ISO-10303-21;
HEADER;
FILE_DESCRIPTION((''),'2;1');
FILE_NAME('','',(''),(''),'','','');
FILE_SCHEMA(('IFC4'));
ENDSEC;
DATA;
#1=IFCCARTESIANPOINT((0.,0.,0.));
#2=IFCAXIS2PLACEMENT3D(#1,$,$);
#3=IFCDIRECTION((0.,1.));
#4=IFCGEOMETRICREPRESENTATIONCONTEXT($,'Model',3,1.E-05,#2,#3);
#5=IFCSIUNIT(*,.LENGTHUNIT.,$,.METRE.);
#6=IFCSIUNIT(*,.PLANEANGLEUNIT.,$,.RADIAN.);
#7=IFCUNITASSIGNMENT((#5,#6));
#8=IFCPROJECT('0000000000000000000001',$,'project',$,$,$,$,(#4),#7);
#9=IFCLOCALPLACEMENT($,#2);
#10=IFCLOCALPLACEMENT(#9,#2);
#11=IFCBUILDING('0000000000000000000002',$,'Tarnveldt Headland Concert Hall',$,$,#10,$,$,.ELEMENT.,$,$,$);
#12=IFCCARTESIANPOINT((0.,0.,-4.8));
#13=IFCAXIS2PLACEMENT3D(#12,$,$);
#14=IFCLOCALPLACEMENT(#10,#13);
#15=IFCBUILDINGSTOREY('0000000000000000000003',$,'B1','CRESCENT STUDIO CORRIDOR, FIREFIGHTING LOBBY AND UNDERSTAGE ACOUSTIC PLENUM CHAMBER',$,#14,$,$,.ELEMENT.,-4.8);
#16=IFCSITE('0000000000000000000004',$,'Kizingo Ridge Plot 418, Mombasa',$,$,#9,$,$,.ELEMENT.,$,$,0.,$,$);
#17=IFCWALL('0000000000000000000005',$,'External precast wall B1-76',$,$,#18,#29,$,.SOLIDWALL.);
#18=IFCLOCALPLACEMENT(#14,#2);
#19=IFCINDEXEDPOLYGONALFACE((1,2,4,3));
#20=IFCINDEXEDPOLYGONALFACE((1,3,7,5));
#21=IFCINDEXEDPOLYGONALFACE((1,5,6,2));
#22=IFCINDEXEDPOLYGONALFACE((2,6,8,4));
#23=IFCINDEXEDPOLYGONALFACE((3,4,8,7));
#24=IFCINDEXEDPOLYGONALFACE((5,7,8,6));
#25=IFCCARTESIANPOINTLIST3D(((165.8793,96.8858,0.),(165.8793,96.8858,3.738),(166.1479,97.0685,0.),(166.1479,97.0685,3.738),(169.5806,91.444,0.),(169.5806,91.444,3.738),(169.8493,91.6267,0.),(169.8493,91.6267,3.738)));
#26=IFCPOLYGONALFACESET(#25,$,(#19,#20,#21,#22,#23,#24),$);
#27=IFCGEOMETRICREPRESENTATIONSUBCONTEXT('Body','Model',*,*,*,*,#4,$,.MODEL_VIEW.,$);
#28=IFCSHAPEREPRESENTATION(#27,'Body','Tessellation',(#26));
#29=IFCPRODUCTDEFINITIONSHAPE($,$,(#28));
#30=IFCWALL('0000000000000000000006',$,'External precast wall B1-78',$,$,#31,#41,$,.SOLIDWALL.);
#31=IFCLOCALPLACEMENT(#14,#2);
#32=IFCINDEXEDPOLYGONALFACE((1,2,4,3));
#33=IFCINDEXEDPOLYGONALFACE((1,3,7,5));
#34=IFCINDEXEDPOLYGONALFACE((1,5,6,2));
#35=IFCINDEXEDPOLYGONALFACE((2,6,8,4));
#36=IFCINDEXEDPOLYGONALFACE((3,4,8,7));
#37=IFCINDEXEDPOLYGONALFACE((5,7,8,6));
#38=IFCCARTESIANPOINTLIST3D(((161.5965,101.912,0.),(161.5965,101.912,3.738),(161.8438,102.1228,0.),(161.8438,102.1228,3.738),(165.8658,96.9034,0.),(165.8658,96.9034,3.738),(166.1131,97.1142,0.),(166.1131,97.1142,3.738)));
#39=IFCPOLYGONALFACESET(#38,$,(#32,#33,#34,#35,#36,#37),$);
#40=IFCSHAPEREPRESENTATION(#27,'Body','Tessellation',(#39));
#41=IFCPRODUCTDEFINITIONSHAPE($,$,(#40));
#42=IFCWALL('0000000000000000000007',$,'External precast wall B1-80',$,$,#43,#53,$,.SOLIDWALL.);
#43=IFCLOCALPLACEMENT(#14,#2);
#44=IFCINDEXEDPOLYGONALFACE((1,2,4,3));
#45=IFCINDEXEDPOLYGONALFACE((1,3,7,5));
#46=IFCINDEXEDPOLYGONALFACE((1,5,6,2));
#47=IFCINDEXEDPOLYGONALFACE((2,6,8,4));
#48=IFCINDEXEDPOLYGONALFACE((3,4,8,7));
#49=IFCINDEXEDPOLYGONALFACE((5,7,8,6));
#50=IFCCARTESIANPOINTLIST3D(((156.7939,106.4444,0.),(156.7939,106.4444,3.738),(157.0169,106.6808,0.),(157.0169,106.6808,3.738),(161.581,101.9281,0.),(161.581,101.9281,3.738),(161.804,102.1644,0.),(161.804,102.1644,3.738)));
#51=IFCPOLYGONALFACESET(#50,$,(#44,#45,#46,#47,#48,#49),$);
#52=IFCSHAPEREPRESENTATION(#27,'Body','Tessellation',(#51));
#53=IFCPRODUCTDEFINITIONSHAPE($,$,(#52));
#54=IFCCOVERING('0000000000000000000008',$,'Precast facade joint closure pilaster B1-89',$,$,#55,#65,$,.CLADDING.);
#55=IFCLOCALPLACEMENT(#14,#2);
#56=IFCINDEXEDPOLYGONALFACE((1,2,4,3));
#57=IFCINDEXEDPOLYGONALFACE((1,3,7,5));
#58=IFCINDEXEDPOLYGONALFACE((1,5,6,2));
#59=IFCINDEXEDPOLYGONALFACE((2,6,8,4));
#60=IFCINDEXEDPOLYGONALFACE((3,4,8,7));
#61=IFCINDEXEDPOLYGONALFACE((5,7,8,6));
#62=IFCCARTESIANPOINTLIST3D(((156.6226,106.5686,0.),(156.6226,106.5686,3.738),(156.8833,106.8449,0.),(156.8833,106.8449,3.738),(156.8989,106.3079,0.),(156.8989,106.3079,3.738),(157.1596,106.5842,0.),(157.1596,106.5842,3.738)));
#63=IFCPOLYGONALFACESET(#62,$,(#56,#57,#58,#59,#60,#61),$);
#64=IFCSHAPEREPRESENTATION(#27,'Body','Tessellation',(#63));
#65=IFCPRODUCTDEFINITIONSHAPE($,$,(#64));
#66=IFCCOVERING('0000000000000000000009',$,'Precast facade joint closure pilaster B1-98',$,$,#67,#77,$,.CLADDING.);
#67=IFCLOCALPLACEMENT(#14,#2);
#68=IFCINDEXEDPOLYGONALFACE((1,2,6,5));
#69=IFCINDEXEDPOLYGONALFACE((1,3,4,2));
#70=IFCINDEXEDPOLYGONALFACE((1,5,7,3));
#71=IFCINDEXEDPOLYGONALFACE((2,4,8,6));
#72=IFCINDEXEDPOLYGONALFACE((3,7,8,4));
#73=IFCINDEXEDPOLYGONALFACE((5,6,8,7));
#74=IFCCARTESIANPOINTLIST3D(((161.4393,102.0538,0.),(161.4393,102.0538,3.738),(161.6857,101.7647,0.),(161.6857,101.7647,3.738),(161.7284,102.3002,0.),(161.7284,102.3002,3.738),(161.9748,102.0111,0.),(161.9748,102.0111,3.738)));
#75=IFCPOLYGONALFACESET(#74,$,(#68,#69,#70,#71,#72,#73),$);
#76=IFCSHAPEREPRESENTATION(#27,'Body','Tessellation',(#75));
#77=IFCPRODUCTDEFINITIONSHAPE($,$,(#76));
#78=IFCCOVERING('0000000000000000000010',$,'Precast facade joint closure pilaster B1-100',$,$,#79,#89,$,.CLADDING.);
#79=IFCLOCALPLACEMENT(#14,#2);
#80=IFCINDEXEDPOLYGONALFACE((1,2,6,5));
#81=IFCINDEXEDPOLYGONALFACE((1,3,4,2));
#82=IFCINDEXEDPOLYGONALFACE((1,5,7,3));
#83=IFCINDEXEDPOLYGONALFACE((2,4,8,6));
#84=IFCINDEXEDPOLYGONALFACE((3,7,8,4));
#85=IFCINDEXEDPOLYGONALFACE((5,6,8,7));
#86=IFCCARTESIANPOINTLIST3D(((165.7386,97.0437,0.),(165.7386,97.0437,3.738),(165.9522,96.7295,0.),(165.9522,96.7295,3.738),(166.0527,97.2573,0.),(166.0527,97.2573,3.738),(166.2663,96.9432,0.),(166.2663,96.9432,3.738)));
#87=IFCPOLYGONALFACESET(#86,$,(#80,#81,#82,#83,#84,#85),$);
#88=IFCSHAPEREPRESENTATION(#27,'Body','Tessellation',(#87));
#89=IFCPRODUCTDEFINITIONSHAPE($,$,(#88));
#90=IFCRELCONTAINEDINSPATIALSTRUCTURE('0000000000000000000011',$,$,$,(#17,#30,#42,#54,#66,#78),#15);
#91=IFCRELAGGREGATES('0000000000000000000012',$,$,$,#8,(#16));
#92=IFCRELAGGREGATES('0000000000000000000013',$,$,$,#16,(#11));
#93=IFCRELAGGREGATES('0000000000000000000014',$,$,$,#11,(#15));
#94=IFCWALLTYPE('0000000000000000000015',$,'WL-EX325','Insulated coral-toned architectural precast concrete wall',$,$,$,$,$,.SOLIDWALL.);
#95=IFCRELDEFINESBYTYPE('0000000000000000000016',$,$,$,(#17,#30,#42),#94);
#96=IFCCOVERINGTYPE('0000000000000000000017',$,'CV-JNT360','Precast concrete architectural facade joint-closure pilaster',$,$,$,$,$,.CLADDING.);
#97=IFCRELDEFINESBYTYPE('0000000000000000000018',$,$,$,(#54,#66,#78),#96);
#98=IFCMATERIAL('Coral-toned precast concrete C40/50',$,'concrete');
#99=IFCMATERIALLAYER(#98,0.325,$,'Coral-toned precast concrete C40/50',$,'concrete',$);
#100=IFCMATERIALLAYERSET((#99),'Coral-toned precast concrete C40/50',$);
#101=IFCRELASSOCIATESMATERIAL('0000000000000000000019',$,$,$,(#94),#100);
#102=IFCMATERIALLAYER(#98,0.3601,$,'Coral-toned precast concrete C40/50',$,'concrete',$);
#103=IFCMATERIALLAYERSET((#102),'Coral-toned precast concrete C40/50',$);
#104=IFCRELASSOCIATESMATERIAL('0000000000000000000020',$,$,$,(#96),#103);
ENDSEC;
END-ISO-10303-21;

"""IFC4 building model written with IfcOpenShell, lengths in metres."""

from ifc_helpers import new_model, si_unit, direction, frame, frame_2d, origin, origin_2d, place, context, subcontext, project, spatial, rectangle, extrude, material, layer, layer_set, type_object, element, save


model = new_model("IFC4")

# Units and contexts
model_context = context("Model", 3, precision=1e-05, world=origin(), true_north=direction((0.0, 1.0)))
body_context = subcontext(model_context, "Body", "Model", "MODEL_VIEW")
ifc_project = project(units=[si_unit("LENGTHUNIT", "METRE"), si_unit("PLANEANGLEUNIT", "RADIAN")], contexts=[model_context])

# Site, building, storey
site_placement = place(None, origin())
site = spatial("IfcSite", under=ifc_project, at=site_placement, Name="Kizingo Ridge Plot 418, Mombasa", CompositionType="ELEMENT", RefElevation=0.0)
building_placement = place(site_placement, origin())
building = spatial("IfcBuilding", under=site, at=building_placement, Name="Tarnveldt Headland Concert Hall", CompositionType="ELEMENT")
storey_placement = place(building_placement, frame((0.0, 0.0, -4.8)))
storey = spatial("IfcBuildingStorey", under=building, at=storey_placement, Name="B1", Description="CRESCENT STUDIO CORRIDOR, FIREFIGHTING LOBBY AND UNDERSTAGE ACOUSTIC PLENUM CHAMBER", CompositionType="ELEMENT", Elevation=-4.8)

# Walls
ifc_material_1 = material(Name="Coral-toned precast concrete C40/50", Category="concrete")
ifc_layer_1 = layer(ifc_material_1, 0.325, Name="Coral-toned precast concrete C40/50", Category="concrete")
ifc_layer_set_1 = layer_set([ifc_layer_1], Name="Coral-toned precast concrete C40/50")
wall_type_1 = type_object("IfcWallType", Name="WL-EX325", Description="Insulated coral-toned architectural precast concrete wall", PredefinedType="SOLIDWALL", material=ifc_layer_set_1)
for number, where, z_axis, x_axis, name in (
    (1, (166.0137, 96.9771, 0.0), (0.0, 0.0, 1.0), (0.562406, -0.826861, 0.0), "External precast wall B1-76"),
    (2, (161.7202, 102.0173, 0.0), (0.0, 0.0, 1.0), (0.648708, -0.761037, 0.0), "External precast wall B1-78"),
    (3, (156.9055, 106.5625, 0.0), (0.0, 0.0, 1.0), (0.727377, -0.686238, 0.0), "External precast wall B1-80"),
):
    element("IfcWall", number, at=place(storey_placement, frame(where, z_axis=z_axis, x_axis=x_axis)), inside=storey, type_object=wall_type_1, Name=name, PredefinedType="SOLIDWALL", context=body_context, shape_type="SweptSolid", body=[
        extrude(rectangle(XDim=6.5813, YDim=0.325, at=frame_2d((3.2905, 0.0))), origin(), (0.0, 0.0, 1.0), 3.738),
    ])

# Coverings
ifc_layer_2 = layer(ifc_material_1, 0.3601, Name="Coral-toned precast concrete C40/50", Category="concrete")
ifc_layer_set_2 = layer_set([ifc_layer_2], Name="Coral-toned precast concrete C40/50")
covering_type = type_object("IfcCoveringType", Name="CV-JNT360", Description="Precast concrete architectural facade joint-closure pilaster", PredefinedType="CLADDING", material=ifc_layer_set_2)
for number, where, z_axis, x_axis, name in (
    (4, (156.8911, 106.5764, 0.0), (0.0, 0.0, 1.0), (0.727414, -0.686199, 0.0), "Precast facade joint closure pilaster B1-89"),
    (5, (161.707, 102.0325, 0.0), (0.0, 0.0, 1.0), (0.648651, -0.761086, 0.0), "Precast facade joint closure pilaster B1-98"),
    (6, (166.0024, 96.9934, 0.0), (0.0, 0.0, 1.0), (0.562372, -0.826884, 0.0), "Precast facade joint closure pilaster B1-100"),
):
    element("IfcCovering", number, at=place(storey_placement, frame(where, z_axis=z_axis, x_axis=x_axis)), inside=storey, type_object=covering_type, Name=name, PredefinedType="CLADDING", context=body_context, shape_type="SweptSolid", body=[
        extrude(rectangle(XDim=0.3799, YDim=0.3799, at=origin_2d()), origin(), (0.0, 0.0, 1.0), 3.738),
    ])

save(model, "model.ifc")
